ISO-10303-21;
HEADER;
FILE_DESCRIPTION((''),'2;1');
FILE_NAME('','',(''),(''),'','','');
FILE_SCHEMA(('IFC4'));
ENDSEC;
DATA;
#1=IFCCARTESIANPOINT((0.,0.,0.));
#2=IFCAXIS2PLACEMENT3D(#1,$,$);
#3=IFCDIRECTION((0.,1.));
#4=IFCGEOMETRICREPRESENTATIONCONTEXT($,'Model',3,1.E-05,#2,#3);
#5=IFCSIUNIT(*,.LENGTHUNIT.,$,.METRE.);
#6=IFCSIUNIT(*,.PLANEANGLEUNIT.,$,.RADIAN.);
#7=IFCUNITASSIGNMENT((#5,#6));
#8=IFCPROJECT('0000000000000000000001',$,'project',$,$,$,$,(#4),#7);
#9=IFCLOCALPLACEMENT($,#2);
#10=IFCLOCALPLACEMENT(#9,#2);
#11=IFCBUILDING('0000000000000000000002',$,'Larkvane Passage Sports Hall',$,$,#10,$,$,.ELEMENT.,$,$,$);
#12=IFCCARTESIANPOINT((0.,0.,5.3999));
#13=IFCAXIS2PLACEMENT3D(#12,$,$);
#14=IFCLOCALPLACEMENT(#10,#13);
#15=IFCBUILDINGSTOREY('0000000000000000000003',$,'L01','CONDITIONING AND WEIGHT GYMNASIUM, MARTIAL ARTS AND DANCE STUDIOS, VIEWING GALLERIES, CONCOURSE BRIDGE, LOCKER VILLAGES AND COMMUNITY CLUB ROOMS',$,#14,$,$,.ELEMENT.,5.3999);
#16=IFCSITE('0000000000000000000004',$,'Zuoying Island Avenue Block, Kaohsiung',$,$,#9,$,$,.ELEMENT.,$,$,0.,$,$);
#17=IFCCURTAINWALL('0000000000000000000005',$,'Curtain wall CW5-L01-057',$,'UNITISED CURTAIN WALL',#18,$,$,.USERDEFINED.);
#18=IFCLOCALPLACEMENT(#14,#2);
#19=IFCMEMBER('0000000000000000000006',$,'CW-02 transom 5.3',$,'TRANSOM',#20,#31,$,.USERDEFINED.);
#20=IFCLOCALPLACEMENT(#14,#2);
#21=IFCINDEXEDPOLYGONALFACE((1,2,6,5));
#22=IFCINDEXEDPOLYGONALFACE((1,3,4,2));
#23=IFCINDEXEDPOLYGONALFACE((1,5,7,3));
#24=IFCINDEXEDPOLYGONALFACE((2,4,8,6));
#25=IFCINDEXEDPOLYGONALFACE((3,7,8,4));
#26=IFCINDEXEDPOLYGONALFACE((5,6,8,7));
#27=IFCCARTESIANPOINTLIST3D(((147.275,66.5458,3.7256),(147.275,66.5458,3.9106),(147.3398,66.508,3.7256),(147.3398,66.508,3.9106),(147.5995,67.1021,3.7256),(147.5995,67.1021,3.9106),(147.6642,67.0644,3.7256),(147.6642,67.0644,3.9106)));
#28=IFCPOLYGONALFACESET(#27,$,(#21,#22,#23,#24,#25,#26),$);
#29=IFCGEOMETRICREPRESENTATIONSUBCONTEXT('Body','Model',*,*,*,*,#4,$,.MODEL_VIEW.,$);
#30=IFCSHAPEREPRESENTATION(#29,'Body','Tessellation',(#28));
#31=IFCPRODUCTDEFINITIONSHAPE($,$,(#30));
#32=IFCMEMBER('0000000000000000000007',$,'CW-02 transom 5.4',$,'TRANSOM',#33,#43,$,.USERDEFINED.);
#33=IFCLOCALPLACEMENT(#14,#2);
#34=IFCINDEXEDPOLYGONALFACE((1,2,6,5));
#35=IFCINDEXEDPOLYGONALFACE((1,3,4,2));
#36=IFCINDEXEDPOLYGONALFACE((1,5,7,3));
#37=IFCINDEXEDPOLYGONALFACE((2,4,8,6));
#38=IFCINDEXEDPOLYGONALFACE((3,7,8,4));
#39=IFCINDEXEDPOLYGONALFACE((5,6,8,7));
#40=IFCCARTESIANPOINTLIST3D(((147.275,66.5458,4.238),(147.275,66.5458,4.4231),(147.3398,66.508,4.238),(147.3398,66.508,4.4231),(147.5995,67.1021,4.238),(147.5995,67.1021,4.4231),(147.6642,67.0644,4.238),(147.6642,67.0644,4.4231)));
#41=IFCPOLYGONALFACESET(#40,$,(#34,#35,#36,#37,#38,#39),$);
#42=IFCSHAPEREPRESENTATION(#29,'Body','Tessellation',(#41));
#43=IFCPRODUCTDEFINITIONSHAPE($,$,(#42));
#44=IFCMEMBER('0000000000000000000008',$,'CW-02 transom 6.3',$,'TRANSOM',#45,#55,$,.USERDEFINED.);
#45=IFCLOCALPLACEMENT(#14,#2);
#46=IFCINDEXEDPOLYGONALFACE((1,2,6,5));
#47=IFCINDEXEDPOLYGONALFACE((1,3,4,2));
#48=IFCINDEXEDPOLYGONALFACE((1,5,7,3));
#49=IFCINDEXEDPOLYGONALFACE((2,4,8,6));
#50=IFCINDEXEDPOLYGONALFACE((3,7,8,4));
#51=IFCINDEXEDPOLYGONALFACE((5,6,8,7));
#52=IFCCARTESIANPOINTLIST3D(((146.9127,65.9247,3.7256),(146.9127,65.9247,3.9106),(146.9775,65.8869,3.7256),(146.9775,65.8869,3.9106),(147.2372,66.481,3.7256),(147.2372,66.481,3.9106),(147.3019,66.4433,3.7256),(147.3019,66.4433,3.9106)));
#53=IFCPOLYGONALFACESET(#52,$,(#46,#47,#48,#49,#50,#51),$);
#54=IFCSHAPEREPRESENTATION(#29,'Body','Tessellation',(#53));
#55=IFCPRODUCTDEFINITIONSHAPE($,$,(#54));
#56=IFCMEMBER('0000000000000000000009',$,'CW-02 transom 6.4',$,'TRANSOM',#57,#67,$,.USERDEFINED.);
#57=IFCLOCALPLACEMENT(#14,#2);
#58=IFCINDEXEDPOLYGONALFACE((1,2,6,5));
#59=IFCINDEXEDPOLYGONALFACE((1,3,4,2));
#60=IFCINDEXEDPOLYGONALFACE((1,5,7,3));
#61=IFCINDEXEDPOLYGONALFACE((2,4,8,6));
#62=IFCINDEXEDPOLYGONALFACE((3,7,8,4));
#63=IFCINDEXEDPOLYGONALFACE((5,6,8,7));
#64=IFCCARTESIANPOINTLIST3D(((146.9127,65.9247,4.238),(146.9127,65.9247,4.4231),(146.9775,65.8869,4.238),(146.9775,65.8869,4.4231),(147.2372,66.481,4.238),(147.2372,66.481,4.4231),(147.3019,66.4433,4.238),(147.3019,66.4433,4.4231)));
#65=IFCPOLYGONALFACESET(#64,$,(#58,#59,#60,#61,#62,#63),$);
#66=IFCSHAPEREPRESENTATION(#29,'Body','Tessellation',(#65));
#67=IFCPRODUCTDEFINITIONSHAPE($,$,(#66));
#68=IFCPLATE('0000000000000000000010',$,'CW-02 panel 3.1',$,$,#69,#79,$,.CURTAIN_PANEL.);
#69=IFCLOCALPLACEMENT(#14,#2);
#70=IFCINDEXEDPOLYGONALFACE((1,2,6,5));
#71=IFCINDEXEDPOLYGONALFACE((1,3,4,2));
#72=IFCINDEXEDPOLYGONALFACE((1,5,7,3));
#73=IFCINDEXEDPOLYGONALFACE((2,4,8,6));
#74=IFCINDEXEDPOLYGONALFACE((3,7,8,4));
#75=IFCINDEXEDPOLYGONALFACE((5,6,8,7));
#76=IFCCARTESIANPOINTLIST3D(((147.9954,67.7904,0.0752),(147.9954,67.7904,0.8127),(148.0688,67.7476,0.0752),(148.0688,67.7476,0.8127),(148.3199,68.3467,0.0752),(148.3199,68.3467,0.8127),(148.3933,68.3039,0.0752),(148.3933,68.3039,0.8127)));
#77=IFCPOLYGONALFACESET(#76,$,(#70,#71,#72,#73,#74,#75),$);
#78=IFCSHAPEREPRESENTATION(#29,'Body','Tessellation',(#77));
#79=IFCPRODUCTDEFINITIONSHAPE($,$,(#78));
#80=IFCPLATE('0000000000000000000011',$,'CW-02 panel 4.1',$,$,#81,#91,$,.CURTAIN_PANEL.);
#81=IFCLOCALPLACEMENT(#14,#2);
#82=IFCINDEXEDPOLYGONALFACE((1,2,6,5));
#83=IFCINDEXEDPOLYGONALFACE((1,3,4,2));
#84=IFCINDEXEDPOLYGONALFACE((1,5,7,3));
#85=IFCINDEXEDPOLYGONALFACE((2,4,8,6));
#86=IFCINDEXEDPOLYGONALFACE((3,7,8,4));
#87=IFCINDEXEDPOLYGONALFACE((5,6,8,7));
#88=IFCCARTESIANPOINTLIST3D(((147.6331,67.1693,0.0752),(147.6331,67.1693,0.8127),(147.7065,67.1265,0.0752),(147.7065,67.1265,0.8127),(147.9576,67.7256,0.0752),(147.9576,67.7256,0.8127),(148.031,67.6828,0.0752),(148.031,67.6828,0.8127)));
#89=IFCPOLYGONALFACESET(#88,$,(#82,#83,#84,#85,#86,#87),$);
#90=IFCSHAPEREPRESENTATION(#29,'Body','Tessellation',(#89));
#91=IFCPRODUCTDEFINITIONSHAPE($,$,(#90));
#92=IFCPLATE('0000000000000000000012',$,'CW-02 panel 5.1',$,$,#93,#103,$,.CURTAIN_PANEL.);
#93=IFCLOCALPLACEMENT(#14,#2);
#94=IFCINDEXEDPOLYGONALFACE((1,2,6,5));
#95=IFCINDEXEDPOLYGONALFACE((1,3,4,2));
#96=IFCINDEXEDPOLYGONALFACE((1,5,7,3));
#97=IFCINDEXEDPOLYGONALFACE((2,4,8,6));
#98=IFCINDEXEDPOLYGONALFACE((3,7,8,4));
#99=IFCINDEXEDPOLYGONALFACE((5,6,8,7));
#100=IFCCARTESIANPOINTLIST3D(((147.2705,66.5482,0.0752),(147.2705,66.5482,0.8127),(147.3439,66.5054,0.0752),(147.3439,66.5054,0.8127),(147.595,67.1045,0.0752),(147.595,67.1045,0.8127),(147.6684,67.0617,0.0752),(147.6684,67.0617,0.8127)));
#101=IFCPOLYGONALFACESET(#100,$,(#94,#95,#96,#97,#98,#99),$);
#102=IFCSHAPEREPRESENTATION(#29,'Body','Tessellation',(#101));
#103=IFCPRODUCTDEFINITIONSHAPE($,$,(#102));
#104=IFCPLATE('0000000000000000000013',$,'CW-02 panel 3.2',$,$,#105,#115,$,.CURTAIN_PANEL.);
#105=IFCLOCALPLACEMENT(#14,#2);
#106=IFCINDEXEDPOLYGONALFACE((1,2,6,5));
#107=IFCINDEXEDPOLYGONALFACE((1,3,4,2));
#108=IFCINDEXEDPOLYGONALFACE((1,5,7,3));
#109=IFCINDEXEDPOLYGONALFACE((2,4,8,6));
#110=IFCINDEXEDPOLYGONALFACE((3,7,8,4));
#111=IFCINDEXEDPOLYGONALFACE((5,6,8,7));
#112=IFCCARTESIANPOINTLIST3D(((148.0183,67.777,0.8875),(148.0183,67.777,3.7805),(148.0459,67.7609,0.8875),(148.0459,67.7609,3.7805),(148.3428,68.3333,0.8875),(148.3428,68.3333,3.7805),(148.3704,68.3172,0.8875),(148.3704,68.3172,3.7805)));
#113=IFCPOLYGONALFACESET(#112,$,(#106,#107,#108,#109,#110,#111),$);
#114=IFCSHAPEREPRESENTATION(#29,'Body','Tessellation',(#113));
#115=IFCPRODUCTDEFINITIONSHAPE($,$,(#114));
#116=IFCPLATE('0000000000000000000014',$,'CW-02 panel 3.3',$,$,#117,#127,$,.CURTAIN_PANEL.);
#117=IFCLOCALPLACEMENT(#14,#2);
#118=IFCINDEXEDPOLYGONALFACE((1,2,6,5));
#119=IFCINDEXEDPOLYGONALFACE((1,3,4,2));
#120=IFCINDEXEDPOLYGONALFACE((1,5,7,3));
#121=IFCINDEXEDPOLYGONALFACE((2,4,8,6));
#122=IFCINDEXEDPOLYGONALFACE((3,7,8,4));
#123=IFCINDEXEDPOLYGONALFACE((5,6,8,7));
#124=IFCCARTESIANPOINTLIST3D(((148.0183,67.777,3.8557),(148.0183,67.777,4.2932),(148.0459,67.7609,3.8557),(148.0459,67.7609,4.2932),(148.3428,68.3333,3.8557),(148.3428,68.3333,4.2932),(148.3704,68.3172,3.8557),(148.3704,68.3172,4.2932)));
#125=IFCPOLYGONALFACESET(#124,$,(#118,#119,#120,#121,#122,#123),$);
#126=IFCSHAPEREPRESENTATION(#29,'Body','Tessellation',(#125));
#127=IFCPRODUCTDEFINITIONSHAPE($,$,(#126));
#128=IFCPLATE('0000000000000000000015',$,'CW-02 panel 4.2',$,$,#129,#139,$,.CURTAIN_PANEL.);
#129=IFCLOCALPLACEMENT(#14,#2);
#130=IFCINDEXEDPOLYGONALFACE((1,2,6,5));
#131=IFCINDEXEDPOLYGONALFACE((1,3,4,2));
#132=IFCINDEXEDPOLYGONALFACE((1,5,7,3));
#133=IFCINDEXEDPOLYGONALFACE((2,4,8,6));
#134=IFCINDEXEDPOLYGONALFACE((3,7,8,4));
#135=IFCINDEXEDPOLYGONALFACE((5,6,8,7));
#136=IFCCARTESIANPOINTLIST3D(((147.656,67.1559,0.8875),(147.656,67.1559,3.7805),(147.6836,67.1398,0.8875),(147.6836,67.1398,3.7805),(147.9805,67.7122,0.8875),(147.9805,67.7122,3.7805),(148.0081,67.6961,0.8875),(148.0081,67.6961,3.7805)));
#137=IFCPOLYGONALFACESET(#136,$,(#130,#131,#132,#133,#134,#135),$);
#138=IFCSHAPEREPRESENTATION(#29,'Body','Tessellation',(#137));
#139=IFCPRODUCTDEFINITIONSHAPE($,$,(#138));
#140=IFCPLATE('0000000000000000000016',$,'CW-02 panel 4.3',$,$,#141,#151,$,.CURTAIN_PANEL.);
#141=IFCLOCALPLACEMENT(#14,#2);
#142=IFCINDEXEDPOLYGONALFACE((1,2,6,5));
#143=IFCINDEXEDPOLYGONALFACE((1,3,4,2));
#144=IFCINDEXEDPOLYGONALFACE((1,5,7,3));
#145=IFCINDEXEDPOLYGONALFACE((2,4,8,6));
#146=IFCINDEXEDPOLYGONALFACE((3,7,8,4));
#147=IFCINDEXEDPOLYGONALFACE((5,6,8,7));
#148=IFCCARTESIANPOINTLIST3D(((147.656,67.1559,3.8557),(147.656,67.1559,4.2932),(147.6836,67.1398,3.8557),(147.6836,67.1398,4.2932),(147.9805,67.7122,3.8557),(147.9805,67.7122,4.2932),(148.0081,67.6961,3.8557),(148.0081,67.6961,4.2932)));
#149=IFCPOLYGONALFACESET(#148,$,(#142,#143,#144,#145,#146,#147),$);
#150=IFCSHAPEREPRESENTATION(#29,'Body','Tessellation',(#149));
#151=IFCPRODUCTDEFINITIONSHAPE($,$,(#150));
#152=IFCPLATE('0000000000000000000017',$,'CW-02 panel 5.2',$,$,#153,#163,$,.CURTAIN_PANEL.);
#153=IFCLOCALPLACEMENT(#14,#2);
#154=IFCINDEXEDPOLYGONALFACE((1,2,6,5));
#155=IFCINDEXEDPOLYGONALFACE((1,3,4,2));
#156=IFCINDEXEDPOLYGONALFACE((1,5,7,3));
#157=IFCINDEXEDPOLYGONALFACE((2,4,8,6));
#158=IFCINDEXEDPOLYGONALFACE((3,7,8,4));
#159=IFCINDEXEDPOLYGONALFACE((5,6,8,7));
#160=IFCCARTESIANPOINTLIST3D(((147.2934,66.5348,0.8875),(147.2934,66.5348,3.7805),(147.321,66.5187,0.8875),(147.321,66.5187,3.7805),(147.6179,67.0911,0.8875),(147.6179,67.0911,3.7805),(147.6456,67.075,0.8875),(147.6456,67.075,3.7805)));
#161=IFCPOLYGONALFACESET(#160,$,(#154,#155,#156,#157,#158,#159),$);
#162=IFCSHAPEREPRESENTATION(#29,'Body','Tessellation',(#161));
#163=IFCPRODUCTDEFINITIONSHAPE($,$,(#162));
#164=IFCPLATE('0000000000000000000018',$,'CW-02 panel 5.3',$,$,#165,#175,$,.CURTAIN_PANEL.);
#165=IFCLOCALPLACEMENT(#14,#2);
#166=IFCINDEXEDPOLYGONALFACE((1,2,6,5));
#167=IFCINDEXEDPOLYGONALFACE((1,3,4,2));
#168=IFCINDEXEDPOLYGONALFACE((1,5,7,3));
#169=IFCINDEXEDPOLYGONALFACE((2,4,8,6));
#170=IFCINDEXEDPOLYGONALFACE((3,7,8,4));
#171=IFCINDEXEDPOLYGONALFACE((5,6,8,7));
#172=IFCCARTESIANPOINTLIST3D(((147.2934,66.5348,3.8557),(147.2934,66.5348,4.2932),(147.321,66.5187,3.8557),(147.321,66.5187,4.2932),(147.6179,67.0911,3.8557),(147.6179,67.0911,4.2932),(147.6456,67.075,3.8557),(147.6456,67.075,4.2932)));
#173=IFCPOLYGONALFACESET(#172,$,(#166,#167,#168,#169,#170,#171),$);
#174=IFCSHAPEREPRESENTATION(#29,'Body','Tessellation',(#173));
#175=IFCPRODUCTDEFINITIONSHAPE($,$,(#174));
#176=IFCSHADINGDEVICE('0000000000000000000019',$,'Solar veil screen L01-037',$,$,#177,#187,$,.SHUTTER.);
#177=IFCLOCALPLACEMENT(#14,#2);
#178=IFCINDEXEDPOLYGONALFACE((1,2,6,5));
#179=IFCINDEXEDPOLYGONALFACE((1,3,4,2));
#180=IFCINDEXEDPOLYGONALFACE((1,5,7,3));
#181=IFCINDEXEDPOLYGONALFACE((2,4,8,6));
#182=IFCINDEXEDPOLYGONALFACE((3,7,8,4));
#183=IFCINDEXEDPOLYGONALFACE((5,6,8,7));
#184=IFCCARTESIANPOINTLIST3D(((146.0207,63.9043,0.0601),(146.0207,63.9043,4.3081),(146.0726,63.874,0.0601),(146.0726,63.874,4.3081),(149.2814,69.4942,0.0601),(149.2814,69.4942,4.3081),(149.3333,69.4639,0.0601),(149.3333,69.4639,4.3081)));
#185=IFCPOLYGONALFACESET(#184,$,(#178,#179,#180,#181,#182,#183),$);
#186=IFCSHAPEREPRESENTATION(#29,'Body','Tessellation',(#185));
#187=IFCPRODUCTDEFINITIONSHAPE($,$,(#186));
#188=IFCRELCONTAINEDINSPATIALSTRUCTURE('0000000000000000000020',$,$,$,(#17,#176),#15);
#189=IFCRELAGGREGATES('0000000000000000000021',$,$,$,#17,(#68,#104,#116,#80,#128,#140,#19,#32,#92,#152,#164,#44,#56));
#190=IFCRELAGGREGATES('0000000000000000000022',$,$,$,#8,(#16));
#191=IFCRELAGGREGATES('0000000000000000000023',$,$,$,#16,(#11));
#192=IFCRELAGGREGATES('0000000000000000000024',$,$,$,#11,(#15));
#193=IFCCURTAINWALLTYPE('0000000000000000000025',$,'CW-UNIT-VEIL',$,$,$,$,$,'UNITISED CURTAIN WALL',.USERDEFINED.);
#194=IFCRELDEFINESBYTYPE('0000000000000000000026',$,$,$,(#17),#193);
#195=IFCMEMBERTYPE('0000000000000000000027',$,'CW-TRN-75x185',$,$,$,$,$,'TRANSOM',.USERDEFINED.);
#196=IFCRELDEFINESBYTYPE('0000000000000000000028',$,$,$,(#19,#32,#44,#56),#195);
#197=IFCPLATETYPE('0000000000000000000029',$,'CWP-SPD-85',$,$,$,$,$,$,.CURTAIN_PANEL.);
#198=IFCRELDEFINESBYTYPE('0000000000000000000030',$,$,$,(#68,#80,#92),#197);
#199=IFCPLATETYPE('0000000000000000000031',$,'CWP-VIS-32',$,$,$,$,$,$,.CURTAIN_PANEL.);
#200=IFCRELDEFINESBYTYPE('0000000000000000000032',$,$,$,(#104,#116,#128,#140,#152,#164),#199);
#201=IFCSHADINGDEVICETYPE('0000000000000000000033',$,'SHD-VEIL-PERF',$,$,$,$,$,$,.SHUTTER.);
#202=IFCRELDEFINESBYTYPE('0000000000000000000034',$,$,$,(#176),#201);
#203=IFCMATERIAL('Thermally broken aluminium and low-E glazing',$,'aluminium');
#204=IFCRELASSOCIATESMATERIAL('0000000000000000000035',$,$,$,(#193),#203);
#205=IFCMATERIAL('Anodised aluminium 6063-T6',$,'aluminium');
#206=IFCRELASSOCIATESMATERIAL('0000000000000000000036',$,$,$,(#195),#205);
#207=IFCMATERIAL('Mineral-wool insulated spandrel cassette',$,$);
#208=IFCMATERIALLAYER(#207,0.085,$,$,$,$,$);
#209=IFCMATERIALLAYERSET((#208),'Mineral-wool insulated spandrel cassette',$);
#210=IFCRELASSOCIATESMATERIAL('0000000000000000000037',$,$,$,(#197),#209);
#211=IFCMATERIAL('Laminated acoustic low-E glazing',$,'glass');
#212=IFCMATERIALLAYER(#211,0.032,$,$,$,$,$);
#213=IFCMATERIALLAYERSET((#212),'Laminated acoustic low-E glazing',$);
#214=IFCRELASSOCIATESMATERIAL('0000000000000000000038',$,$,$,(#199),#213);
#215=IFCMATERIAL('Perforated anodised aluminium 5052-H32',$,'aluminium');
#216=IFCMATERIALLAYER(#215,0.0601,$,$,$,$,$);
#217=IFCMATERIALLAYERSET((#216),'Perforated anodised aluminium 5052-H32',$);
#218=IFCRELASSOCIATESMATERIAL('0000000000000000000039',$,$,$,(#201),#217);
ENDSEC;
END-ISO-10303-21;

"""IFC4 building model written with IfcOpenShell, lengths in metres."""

from ifc_helpers import new_model, si_unit, direction, frame, origin, origin_2d, place, context, subcontext, project, spatial, rectangle, extrude, material, layer, layer_set, material_profile, profile_set, type_object, element, aggregate, save


model = new_model("IFC4")

# Units and contexts
model_context = context("Model", 3, precision=1e-05, world=origin(), true_north=direction((0.0, 1.0)))
body_context = subcontext(model_context, "Body", "Model", "MODEL_VIEW")
ifc_project = project(units=[si_unit("LENGTHUNIT", "METRE"), si_unit("PLANEANGLEUNIT", "RADIAN")], contexts=[model_context])

# Site, building, storey
site_placement = place(None, origin())
site = spatial("IfcSite", under=ifc_project, at=site_placement, Name="Zuoying Island Avenue Block, Kaohsiung", CompositionType="ELEMENT", RefElevation=0.0)
building_placement = place(site_placement, origin())
building = spatial("IfcBuilding", under=site, at=building_placement, Name="Larkvane Passage Sports Hall", CompositionType="ELEMENT")
storey_placement = place(building_placement, frame((0.0, 0.0, 5.3999)))
storey = spatial("IfcBuildingStorey", under=building, at=storey_placement, Name="L01", Description="CONDITIONING AND WEIGHT GYMNASIUM, MARTIAL ARTS AND DANCE STUDIOS, VIEWING GALLERIES, CONCOURSE BRIDGE, LOCKER VILLAGES AND COMMUNITY CLUB ROOMS", CompositionType="ELEMENT", Elevation=5.3999)

# Curtain wall, members, plates
ifc_material_1 = material(Name="Thermally broken aluminium and low-E glazing", Category="aluminium")
curtain_wall_type = type_object("IfcCurtainWallType", Name="CW-UNIT-VEIL", ElementType="UNITISED CURTAIN WALL", PredefinedType="USERDEFINED", material=ifc_material_1)
curtain_wall_placement = place(storey_placement, origin())
curtain_wall = element("IfcCurtainWall", 1, at=curtain_wall_placement, inside=storey, type_object=curtain_wall_type, Name="Curtain wall CW5-L01-057", ObjectType="UNITISED CURTAIN WALL", PredefinedType="USERDEFINED")
ifc_material_2 = material(Name="Anodised aluminium 6063-T6", Category="aluminium")
ifc_material_profile_1 = material_profile(ifc_material_2, rectangle(XDim=0.075, YDim=0.1851, at=origin_2d()), Name="ALU-TRN-75x185")
ifc_profile_set_1 = profile_set([ifc_material_profile_1], Name="Anodised aluminium 6063-T6")
member_type_1 = type_object("IfcMemberType", Name="CW-TRN-75x185", ElementType="TRANSOM", PredefinedType="USERDEFINED", material=ifc_profile_set_1)
member_1_placement = place(storey_placement, frame((147.6318, 67.0833, 3.8181), z_axis=(-0.503753, -0.863848, 0.0), x_axis=(0.863848, -0.503753, 0.0)))
member_1 = element("IfcMember", 2, at=member_1_placement, type_object=member_type_1, Name="CW-02 transom 5.3", ObjectType="TRANSOM", PredefinedType="USERDEFINED", context=body_context, shape_type="SweptSolid", body=[
    extrude(rectangle(XDim=0.075, YDim=0.1851, at=origin_2d()), origin(), (0.0, 0.0, 1.0), 0.644),
])
member_2_placement = place(storey_placement, frame((147.6318, 67.0833, 4.3306), z_axis=(-0.503753, -0.863848, 0.0), x_axis=(0.863848, -0.503753, 0.0)))
member_2 = element("IfcMember", 3, at=member_2_placement, type_object=member_type_1, Name="CW-02 transom 5.4", ObjectType="TRANSOM", PredefinedType="USERDEFINED", context=body_context, shape_type="SweptSolid", body=[
    extrude(rectangle(XDim=0.075, YDim=0.1851, at=origin_2d()), origin(), (0.0, 0.0, 1.0), 0.644),
])
member_3_placement = place(storey_placement, frame((147.2695, 66.4622, 3.8181), z_axis=(-0.503753, -0.863848, 0.0), x_axis=(0.863848, -0.503753, 0.0)))
member_3 = element("IfcMember", 4, at=member_3_placement, type_object=member_type_1, Name="CW-02 transom 6.3", ObjectType="TRANSOM", PredefinedType="USERDEFINED", context=body_context, shape_type="SweptSolid", body=[
    extrude(rectangle(XDim=0.075, YDim=0.1851, at=origin_2d()), origin(), (0.0, 0.0, 1.0), 0.644),
])
member_4_placement = place(storey_placement, frame((147.2695, 66.4622, 4.3306), z_axis=(-0.503753, -0.863848, 0.0), x_axis=(0.863848, -0.503753, 0.0)))
member_4 = element("IfcMember", 5, at=member_4_placement, type_object=member_type_1, Name="CW-02 transom 6.4", ObjectType="TRANSOM", PredefinedType="USERDEFINED", context=body_context, shape_type="SweptSolid", body=[
    extrude(rectangle(XDim=0.075, YDim=0.1851, at=origin_2d()), origin(), (0.0, 0.0, 1.0), 0.644),
])
ifc_material_3 = material(Name="Mineral-wool insulated spandrel cassette")
ifc_layer_1 = layer(ifc_material_3, 0.085)
ifc_layer_set_1 = layer_set([ifc_layer_1], Name="Mineral-wool insulated spandrel cassette")
plate_type_1 = type_object("IfcPlateType", Name="CWP-SPD-85", PredefinedType="CURTAIN_PANEL", material=ifc_layer_set_1)
plate_1_placement = place(storey_placement, frame((148.1943, 68.0471, 0.0752), z_axis=(0.0, 0.0, 1.0), x_axis=(-0.503867, -0.863781, 0.0)))
plate_1 = element("IfcPlate", 6, at=plate_1_placement, type_object=plate_type_1, Name="CW-02 panel 3.1", PredefinedType="CURTAIN_PANEL", context=body_context, shape_type="SweptSolid", body=[
    extrude(rectangle(XDim=0.644, YDim=0.085, at=origin_2d()), origin(), (0.0, 0.0, 1.0), 0.7375),
])
plate_2_placement = place(storey_placement, frame((147.832, 67.426, 0.0752), z_axis=(0.0, 0.0, 1.0), x_axis=(-0.503867, -0.863781, 0.0)))
plate_2 = element("IfcPlate", 7, at=plate_2_placement, type_object=plate_type_1, Name="CW-02 panel 4.1", PredefinedType="CURTAIN_PANEL", context=body_context, shape_type="SweptSolid", body=[
    extrude(rectangle(XDim=0.644, YDim=0.085, at=origin_2d()), origin(), (0.0, 0.0, 1.0), 0.7375),
])
plate_3_placement = place(storey_placement, frame((147.4695, 66.8049, 0.0752), z_axis=(0.0, 0.0, 1.0), x_axis=(-0.503867, -0.863781, 0.0)))
plate_3 = element("IfcPlate", 8, at=plate_3_placement, type_object=plate_type_1, Name="CW-02 panel 5.1", PredefinedType="CURTAIN_PANEL", context=body_context, shape_type="SweptSolid", body=[
    extrude(rectangle(XDim=0.644, YDim=0.085, at=origin_2d()), origin(), (0.0, 0.0, 1.0), 0.7375),
])
ifc_material_4 = material(Name="Laminated acoustic low-E glazing", Category="glass")
ifc_layer_2 = layer(ifc_material_4, 0.032)
ifc_layer_set_2 = layer_set([ifc_layer_2], Name="Laminated acoustic low-E glazing")
plate_type_2 = type_object("IfcPlateType", Name="CWP-VIS-32", PredefinedType="CURTAIN_PANEL", material=ifc_layer_set_2)
plate_4_placement = place(storey_placement, frame((148.1943, 68.0471, 0.8875), z_axis=(0.0, 0.0, 1.0), x_axis=(-0.503867, -0.863781, 0.0)))
plate_4 = element("IfcPlate", 9, at=plate_4_placement, type_object=plate_type_2, Name="CW-02 panel 3.2", PredefinedType="CURTAIN_PANEL", context=body_context, shape_type="SweptSolid", body=[
    extrude(rectangle(XDim=0.644, YDim=0.032, at=origin_2d()), origin(), (0.0, 0.0, 1.0), 2.8931),
])
plate_5_placement = place(storey_placement, frame((148.1943, 68.0471, 3.8557), z_axis=(0.0, 0.0, 1.0), x_axis=(-0.503867, -0.863781, 0.0)))
plate_5 = element("IfcPlate", 10, at=plate_5_placement, type_object=plate_type_2, Name="CW-02 panel 3.3", PredefinedType="CURTAIN_PANEL", context=body_context, shape_type="SweptSolid", body=[
    extrude(rectangle(XDim=0.644, YDim=0.032, at=origin_2d()), origin(), (0.0, 0.0, 1.0), 0.4375),
])
plate_6_placement = place(storey_placement, frame((147.832, 67.426, 0.8875), z_axis=(0.0, 0.0, 1.0), x_axis=(-0.503867, -0.863781, 0.0)))
plate_6 = element("IfcPlate", 11, at=plate_6_placement, type_object=plate_type_2, Name="CW-02 panel 4.2", PredefinedType="CURTAIN_PANEL", context=body_context, shape_type="SweptSolid", body=[
    extrude(rectangle(XDim=0.644, YDim=0.032, at=origin_2d()), origin(), (0.0, 0.0, 1.0), 2.8931),
])
plate_7_placement = place(storey_placement, frame((147.832, 67.426, 3.8557), z_axis=(0.0, 0.0, 1.0), x_axis=(-0.503867, -0.863781, 0.0)))
plate_7 = element("IfcPlate", 12, at=plate_7_placement, type_object=plate_type_2, Name="CW-02 panel 4.3", PredefinedType="CURTAIN_PANEL", context=body_context, shape_type="SweptSolid", body=[
    extrude(rectangle(XDim=0.644, YDim=0.032, at=origin_2d()), origin(), (0.0, 0.0, 1.0), 0.4375),
])
plate_8_placement = place(storey_placement, frame((147.4695, 66.8049, 0.8875), z_axis=(0.0, 0.0, 1.0), x_axis=(-0.503867, -0.863781, 0.0)))
plate_8 = element("IfcPlate", 13, at=plate_8_placement, type_object=plate_type_2, Name="CW-02 panel 5.2", PredefinedType="CURTAIN_PANEL", context=body_context, shape_type="SweptSolid", body=[
    extrude(rectangle(XDim=0.644, YDim=0.032, at=origin_2d()), origin(), (0.0, 0.0, 1.0), 2.8931),
])
plate_9_placement = place(storey_placement, frame((147.4695, 66.8049, 3.8557), z_axis=(0.0, 0.0, 1.0), x_axis=(-0.503867, -0.863781, 0.0)))
plate_9 = element("IfcPlate", 14, at=plate_9_placement, type_object=plate_type_2, Name="CW-02 panel 5.3", PredefinedType="CURTAIN_PANEL", context=body_context, shape_type="SweptSolid", body=[
    extrude(rectangle(XDim=0.644, YDim=0.032, at=origin_2d()), origin(), (0.0, 0.0, 1.0), 0.4375),
])
aggregate(curtain_wall, [plate_1, plate_4, plate_5, plate_2, plate_6, plate_7, member_1, member_2, plate_3, plate_8, plate_9, member_3, member_4])

# Shading device
ifc_material_5 = material(Name="Perforated anodised aluminium 5052-H32", Category="aluminium")
ifc_layer_3 = layer(ifc_material_5, 0.0601)
ifc_layer_set_3 = layer_set([ifc_layer_3], Name="Perforated anodised aluminium 5052-H32")
shading_device_type = type_object("IfcShadingDeviceType", Name="SHD-VEIL-PERF", PredefinedType="SHUTTER", material=ifc_layer_set_3)
shading_device_placement = place(storey_placement, frame((147.677, 66.6841, 0.0601), z_axis=(0.0, 0.0, 1.0), x_axis=(-0.503871, -0.863779, 0.0)))
element("IfcShadingDevice", 15, at=shading_device_placement, inside=storey, type_object=shading_device_type, Name="Solar veil screen L01-037", PredefinedType="SHUTTER", context=body_context, shape_type="SweptSolid", body=[
    extrude(rectangle(XDim=6.4714, YDim=0.0601, at=origin_2d()), origin(), (0.0, 0.0, 1.0), 4.248),
])

save(model, "model.ifc")
